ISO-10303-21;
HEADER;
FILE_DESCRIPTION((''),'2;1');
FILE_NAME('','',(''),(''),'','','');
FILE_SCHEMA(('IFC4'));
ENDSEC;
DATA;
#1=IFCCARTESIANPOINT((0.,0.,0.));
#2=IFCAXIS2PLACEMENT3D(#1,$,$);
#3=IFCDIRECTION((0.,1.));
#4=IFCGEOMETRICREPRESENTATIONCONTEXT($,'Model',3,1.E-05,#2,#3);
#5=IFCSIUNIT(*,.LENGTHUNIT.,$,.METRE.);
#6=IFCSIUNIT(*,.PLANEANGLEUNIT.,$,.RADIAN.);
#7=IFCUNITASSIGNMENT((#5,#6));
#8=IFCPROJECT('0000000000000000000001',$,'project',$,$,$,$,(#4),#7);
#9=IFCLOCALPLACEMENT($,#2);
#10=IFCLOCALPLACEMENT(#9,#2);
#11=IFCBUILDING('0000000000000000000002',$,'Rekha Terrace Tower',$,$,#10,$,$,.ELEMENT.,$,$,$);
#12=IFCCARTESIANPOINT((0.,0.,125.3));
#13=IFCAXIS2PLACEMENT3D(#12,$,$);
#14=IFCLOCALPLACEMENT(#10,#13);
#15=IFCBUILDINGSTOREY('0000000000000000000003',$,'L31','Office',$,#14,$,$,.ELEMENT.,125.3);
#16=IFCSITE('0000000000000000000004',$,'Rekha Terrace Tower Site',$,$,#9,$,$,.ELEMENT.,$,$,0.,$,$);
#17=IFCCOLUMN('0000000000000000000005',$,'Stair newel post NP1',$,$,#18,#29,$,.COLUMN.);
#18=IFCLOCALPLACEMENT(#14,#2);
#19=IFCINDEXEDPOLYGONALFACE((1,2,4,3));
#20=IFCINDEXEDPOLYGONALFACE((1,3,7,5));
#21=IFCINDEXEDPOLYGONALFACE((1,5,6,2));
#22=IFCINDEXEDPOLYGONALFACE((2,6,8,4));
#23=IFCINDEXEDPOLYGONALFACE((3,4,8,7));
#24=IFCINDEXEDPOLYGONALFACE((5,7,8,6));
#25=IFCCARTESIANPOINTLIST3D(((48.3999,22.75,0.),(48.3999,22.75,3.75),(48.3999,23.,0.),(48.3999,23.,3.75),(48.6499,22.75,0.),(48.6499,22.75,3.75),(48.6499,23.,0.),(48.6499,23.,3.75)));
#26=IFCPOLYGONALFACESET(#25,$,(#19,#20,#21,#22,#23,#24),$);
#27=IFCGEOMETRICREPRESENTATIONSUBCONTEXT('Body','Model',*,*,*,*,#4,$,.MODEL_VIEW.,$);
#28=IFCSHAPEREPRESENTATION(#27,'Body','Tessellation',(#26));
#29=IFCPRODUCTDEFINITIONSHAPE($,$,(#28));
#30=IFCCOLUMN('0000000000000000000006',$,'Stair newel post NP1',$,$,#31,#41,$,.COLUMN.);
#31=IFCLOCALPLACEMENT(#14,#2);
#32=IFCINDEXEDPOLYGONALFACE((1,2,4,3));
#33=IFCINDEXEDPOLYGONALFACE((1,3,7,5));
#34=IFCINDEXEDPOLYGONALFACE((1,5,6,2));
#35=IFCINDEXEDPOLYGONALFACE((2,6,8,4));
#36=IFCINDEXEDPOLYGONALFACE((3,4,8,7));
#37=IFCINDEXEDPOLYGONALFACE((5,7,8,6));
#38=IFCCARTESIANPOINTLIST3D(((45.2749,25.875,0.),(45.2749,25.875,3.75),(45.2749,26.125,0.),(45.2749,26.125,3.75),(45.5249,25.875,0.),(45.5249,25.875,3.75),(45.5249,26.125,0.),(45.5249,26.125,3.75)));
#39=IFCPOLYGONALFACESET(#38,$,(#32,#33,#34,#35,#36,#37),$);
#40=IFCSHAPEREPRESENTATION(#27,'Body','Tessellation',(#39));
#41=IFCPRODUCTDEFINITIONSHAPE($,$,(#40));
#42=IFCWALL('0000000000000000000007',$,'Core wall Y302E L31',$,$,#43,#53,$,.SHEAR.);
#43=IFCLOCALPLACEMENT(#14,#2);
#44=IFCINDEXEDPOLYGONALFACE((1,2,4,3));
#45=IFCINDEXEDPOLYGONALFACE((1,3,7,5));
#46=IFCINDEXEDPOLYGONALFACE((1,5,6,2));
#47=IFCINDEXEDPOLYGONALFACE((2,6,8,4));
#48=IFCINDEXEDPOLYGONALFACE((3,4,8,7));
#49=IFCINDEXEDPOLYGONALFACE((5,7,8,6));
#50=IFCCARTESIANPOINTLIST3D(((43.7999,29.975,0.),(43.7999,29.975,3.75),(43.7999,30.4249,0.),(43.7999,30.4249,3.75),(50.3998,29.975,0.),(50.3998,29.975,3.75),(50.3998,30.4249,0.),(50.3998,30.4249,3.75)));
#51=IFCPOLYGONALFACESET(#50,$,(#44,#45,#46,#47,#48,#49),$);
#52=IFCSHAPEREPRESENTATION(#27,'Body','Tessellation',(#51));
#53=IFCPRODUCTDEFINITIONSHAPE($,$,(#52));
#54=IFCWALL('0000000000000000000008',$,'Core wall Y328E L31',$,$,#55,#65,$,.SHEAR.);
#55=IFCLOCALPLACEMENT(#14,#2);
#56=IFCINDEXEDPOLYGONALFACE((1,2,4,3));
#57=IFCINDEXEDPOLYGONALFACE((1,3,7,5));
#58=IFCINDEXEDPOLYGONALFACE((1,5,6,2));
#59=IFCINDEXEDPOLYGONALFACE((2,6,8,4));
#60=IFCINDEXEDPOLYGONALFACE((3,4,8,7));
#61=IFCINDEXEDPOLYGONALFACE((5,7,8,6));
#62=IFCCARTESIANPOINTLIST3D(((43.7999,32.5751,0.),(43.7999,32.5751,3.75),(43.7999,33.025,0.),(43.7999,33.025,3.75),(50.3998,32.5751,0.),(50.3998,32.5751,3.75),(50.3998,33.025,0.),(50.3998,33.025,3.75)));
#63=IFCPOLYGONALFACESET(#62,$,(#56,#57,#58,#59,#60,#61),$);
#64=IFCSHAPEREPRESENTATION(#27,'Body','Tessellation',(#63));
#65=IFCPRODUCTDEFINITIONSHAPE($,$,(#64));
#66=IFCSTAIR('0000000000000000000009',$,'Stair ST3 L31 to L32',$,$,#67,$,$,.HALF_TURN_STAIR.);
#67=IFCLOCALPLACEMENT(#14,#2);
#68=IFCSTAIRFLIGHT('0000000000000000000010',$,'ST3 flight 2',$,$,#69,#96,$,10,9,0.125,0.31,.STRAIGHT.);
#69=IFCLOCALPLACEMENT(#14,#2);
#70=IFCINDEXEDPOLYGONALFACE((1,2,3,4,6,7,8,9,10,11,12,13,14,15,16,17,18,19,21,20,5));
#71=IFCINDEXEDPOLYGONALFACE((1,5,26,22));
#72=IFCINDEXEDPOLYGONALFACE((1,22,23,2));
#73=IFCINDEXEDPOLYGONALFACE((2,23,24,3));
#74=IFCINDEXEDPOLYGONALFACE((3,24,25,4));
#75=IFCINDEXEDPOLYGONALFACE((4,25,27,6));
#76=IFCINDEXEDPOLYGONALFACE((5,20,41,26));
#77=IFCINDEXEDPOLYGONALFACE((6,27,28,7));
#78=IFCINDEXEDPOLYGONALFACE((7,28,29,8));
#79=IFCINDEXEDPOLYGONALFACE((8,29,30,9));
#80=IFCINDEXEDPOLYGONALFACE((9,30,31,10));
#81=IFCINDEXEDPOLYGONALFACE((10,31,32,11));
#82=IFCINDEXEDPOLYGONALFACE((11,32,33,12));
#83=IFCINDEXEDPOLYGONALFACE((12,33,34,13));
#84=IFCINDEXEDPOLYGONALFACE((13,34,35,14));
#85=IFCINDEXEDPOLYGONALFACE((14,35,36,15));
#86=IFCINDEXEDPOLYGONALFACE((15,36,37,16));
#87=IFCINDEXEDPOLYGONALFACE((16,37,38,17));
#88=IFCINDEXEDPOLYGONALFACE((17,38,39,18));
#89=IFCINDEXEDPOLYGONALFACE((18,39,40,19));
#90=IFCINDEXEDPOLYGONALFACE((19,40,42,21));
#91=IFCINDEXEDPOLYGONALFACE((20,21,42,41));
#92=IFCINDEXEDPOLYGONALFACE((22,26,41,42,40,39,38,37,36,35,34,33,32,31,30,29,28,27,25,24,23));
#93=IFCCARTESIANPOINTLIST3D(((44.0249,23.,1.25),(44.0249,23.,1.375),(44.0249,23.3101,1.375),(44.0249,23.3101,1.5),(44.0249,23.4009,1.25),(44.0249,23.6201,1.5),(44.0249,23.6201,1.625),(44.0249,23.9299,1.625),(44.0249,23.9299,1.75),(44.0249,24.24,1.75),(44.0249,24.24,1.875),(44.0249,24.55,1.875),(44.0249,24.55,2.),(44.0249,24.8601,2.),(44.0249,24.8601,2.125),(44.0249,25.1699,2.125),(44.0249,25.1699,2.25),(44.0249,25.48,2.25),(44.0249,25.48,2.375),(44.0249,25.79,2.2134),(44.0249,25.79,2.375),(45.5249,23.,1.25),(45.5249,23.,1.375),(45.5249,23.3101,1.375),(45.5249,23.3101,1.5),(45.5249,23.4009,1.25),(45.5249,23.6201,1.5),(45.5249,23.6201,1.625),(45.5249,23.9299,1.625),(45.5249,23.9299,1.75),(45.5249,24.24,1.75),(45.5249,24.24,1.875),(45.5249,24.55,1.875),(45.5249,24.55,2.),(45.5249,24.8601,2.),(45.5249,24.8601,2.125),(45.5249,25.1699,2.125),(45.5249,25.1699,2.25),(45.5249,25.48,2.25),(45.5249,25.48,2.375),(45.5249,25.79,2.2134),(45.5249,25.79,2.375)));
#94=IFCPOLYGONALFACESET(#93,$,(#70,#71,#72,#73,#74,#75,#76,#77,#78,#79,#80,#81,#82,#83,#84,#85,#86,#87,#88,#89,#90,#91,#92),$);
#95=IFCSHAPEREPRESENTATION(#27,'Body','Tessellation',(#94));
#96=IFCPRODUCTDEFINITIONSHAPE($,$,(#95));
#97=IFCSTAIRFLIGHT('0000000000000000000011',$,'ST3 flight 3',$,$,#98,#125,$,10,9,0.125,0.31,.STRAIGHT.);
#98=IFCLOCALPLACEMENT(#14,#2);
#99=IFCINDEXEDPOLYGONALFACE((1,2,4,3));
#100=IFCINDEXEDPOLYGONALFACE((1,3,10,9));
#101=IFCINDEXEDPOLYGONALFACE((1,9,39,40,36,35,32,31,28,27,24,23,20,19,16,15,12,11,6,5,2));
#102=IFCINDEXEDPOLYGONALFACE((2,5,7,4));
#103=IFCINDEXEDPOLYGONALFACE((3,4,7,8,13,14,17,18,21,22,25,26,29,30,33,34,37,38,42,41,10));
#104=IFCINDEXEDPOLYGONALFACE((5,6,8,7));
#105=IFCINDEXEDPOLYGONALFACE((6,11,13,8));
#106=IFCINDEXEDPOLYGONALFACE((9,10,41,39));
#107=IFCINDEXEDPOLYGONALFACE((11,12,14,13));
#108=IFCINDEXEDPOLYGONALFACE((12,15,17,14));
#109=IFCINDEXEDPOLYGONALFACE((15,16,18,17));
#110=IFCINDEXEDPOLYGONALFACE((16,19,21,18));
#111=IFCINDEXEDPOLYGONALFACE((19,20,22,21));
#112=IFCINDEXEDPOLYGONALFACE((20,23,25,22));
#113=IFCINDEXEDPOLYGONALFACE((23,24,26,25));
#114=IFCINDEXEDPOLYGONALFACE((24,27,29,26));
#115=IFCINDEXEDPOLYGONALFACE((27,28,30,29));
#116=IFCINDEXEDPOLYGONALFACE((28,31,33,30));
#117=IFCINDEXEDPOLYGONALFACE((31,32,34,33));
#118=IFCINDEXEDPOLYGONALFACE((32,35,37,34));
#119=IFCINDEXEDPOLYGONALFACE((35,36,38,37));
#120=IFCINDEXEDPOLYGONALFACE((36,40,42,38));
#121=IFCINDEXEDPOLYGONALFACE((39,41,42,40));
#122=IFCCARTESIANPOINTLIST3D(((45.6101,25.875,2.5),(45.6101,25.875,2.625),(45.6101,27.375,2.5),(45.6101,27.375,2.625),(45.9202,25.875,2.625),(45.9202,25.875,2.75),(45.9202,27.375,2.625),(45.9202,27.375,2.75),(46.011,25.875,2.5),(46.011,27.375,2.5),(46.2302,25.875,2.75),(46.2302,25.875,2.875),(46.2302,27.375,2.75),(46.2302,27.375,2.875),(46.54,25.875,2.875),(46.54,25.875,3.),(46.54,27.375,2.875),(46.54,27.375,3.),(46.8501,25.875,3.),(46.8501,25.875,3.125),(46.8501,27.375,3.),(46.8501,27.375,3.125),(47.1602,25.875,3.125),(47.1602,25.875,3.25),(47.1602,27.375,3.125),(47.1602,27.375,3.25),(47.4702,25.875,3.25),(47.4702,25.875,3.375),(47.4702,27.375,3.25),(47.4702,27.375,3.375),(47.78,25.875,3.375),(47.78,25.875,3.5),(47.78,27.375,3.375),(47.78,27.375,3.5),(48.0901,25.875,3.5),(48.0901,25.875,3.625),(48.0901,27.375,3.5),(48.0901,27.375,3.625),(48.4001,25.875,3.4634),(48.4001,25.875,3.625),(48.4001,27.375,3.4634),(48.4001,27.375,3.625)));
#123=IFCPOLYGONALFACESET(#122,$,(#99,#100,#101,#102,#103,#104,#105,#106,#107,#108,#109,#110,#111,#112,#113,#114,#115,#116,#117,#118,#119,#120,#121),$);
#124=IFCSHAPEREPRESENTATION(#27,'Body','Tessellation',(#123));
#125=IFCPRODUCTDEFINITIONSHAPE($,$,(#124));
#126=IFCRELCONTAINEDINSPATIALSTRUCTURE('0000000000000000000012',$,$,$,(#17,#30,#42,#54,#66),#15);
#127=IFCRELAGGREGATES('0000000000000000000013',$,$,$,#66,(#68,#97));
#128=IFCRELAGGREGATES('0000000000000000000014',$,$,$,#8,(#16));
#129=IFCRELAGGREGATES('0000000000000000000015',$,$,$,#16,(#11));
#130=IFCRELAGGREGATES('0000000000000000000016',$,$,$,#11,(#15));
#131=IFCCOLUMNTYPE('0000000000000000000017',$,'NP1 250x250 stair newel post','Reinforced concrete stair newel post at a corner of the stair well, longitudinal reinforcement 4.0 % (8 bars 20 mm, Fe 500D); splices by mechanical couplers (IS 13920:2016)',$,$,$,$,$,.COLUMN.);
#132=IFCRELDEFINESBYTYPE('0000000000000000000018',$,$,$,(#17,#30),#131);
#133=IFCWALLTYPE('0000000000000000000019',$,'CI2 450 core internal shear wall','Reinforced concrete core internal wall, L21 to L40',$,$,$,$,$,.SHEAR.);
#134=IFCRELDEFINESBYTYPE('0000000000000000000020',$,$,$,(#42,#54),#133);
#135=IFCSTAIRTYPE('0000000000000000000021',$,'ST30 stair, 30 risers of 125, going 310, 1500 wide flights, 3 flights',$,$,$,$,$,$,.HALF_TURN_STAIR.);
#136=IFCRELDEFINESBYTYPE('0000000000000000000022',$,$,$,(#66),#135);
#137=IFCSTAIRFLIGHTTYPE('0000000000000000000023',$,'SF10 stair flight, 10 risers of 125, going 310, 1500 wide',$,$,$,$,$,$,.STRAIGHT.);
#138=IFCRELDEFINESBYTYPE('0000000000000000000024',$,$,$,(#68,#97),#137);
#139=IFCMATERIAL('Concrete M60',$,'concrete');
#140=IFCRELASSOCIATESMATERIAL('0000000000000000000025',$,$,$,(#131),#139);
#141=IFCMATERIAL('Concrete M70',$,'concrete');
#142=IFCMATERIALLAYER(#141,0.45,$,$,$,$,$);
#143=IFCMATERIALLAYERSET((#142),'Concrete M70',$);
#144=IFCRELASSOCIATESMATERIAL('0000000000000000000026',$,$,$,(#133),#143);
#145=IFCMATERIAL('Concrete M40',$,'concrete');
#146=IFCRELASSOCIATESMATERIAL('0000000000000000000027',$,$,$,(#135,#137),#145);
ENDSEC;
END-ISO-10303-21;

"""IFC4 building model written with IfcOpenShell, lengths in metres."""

from ifc_helpers import new_model, si_unit, direction, frame, frame_2d, origin, origin_2d, place, context, subcontext, project, spatial, polyline, rectangle, outline, extrude, material, layer, layer_set, material_profile, profile_set, type_object, element, aggregate, save


model = new_model("IFC4")

# Units and contexts
model_context = context("Model", 3, precision=1e-05, world=origin(), true_north=direction((0.0, 1.0)))
body_context = subcontext(model_context, "Body", "Model", "MODEL_VIEW")
ifc_project = project(units=[si_unit("LENGTHUNIT", "METRE"), si_unit("PLANEANGLEUNIT", "RADIAN")], contexts=[model_context])

# Site, building, storey
site_placement = place(None, origin())
site = spatial("IfcSite", under=ifc_project, at=site_placement, Name="Rekha Terrace Tower Site", CompositionType="ELEMENT", RefElevation=0.0)
building_placement = place(site_placement, origin())
building = spatial("IfcBuilding", under=site, at=building_placement, Name="Rekha Terrace Tower", CompositionType="ELEMENT")
storey_placement = place(building_placement, frame((0.0, 0.0, 125.3)))
storey = spatial("IfcBuildingStorey", under=building, at=storey_placement, Name="L31", Description="Office", CompositionType="ELEMENT", Elevation=125.3)

# Columns
ifc_material_1 = material(Name="Concrete M60", Category="concrete")
ifc_material_profile = material_profile(ifc_material_1, rectangle(XDim=0.25, YDim=0.25, at=origin_2d()), Name="RC 250x250")
ifc_profile_set = profile_set([ifc_material_profile], Name="Concrete M60")
column_type = type_object("IfcColumnType", Name="NP1 250x250 stair newel post", Description="Reinforced concrete stair newel post at a corner of the stair well, longitudinal reinforcement 4.0 % (8 bars 20 mm, Fe 500D); splices by mechanical couplers (IS 13920:2016)", PredefinedType="COLUMN", material=ifc_profile_set)
for number, where, z_axis, x_axis, name in (
    (1, (48.5249, 22.875, 0.0), (0.0, 0.0, 1.0), (1.0, 0.0, 0.0), "Stair newel post NP1"),
    (2, (45.3999, 26.0, 0.0), (0.0, 0.0, 1.0), (1.0, 0.0, 0.0), "Stair newel post NP1"),
):
    element("IfcColumn", number, at=place(storey_placement, frame(where, z_axis=z_axis, x_axis=x_axis)), inside=storey, type_object=column_type, Name=name, PredefinedType="COLUMN", context=body_context, shape_type="SweptSolid", body=[
        extrude(rectangle(XDim=0.25, YDim=0.25, at=origin_2d()), origin(), (0.0, 0.0, 1.0), 3.75),
    ])

# Walls
ifc_material_2 = material(Name="Concrete M70", Category="concrete")
ifc_layer = layer(ifc_material_2, 0.45)
ifc_layer_set = layer_set([ifc_layer], Name="Concrete M70")
wall_type = type_object("IfcWallType", Name="CI2 450 core internal shear wall", Description="Reinforced concrete core internal wall, L21 to L40", PredefinedType="SHEAR", material=ifc_layer_set)
for number, where, z_axis, x_axis, name in (
    (3, (43.8, 30.2, 0.0), (0.0, 0.0, 1.0), (1.0, 0.0, 0.0), "Core wall Y302E L31"),
    (4, (43.8, 32.8, 0.0), (0.0, 0.0, 1.0), (1.0, 0.0, 0.0), "Core wall Y328E L31"),
):
    element("IfcWall", number, at=place(storey_placement, frame(where, z_axis=z_axis, x_axis=x_axis)), inside=storey, type_object=wall_type, Name=name, PredefinedType="SHEAR", context=body_context, shape_type="SweptSolid", body=[
        extrude(rectangle(XDim=6.5999, YDim=0.45, at=frame_2d((3.2998, 0.0))), origin(), (0.0, 0.0, 1.0), 3.75),
    ])

# Stair, stair flights
ifc_material_3 = material(Name="Concrete M40", Category="concrete")
stair_type = type_object("IfcStairType", Name="ST30 stair, 30 risers of 125, going 310, 1500 wide flights, 3 flights", PredefinedType="HALF_TURN_STAIR", material=ifc_material_3)
stair_placement = place(storey_placement, origin())
stair = element("IfcStair", 5, at=stair_placement, inside=storey, type_object=stair_type, Name="Stair ST3 L31 to L32", PredefinedType="HALF_TURN_STAIR")
stair_flight_type = type_object("IfcStairFlightType", Name="SF10 stair flight, 10 risers of 125, going 310, 1500 wide", PredefinedType="STRAIGHT", material=ifc_material_3)
stair_flight_1_placement = place(storey_placement, frame((44.7749, 23.0, 1.25), z_axis=(0.0, 0.0, 1.0), x_axis=(0.0, 1.0, 0.0)))
stair_flight_1 = element("IfcStairFlight", 6, at=stair_flight_1_placement, type_object=stair_flight_type, Name="ST3 flight 2", NumberOfRisers=10, NumberOfTreads=9, PredefinedType="STRAIGHT", RiserHeight=0.125, TreadLength=0.31, context=body_context, shape_type="SweptSolid", body=[
    extrude(outline(polyline([(0.0, 0.0), (0.0, 0.125), (0.3101, 0.125), (0.3101, 0.25), (0.6201, 0.25), (0.6201, 0.375), (0.9299, 0.375), (0.9299, 0.5), (1.24, 0.5), (1.24, 0.625), (1.55, 0.625), (1.55, 0.75), (1.8601, 0.75), (1.8601, 0.875), (2.1699, 0.875), (2.1699, 1.0), (2.48, 1.0), (2.48, 1.125), (2.79, 1.125), (2.79, 1.25), (2.79, 0.9634), (0.4009, 0.0), (0.0, 0.0)])), frame((0.0, 0.75, 0.0), z_axis=(0.0, -1.0, 0.0), x_axis=(1.0, 0.0, 0.0)), (0.0, 0.0, 1.0), 1.5),
])
stair_flight_2_placement = place(storey_placement, frame((45.6101, 26.625, 2.5), z_axis=(0.0, 0.0, 1.0), x_axis=(1.0, 0.0, 0.0)))
stair_flight_2 = element("IfcStairFlight", 7, at=stair_flight_2_placement, type_object=stair_flight_type, Name="ST3 flight 3", NumberOfRisers=10, NumberOfTreads=9, PredefinedType="STRAIGHT", RiserHeight=0.125, TreadLength=0.31, context=body_context, shape_type="SweptSolid", body=[
    extrude(outline(polyline([(0.0, 0.0), (0.0, 0.125), (0.3101, 0.125), (0.3101, 0.25), (0.6201, 0.25), (0.6201, 0.375), (0.9299, 0.375), (0.9299, 0.5), (1.24, 0.5), (1.24, 0.625), (1.55, 0.625), (1.55, 0.75), (1.8601, 0.75), (1.8601, 0.875), (2.1699, 0.875), (2.1699, 1.0), (2.48, 1.0), (2.48, 1.125), (2.79, 1.125), (2.79, 1.25), (2.79, 0.9634), (0.4009, 0.0), (0.0, 0.0)])), frame((0.0, 0.75, 0.0), z_axis=(0.0, -1.0, 0.0), x_axis=(1.0, 0.0, 0.0)), (0.0, 0.0, 1.0), 1.5),
])
aggregate(stair, [stair_flight_1, stair_flight_2])

save(model, "model.ifc")
